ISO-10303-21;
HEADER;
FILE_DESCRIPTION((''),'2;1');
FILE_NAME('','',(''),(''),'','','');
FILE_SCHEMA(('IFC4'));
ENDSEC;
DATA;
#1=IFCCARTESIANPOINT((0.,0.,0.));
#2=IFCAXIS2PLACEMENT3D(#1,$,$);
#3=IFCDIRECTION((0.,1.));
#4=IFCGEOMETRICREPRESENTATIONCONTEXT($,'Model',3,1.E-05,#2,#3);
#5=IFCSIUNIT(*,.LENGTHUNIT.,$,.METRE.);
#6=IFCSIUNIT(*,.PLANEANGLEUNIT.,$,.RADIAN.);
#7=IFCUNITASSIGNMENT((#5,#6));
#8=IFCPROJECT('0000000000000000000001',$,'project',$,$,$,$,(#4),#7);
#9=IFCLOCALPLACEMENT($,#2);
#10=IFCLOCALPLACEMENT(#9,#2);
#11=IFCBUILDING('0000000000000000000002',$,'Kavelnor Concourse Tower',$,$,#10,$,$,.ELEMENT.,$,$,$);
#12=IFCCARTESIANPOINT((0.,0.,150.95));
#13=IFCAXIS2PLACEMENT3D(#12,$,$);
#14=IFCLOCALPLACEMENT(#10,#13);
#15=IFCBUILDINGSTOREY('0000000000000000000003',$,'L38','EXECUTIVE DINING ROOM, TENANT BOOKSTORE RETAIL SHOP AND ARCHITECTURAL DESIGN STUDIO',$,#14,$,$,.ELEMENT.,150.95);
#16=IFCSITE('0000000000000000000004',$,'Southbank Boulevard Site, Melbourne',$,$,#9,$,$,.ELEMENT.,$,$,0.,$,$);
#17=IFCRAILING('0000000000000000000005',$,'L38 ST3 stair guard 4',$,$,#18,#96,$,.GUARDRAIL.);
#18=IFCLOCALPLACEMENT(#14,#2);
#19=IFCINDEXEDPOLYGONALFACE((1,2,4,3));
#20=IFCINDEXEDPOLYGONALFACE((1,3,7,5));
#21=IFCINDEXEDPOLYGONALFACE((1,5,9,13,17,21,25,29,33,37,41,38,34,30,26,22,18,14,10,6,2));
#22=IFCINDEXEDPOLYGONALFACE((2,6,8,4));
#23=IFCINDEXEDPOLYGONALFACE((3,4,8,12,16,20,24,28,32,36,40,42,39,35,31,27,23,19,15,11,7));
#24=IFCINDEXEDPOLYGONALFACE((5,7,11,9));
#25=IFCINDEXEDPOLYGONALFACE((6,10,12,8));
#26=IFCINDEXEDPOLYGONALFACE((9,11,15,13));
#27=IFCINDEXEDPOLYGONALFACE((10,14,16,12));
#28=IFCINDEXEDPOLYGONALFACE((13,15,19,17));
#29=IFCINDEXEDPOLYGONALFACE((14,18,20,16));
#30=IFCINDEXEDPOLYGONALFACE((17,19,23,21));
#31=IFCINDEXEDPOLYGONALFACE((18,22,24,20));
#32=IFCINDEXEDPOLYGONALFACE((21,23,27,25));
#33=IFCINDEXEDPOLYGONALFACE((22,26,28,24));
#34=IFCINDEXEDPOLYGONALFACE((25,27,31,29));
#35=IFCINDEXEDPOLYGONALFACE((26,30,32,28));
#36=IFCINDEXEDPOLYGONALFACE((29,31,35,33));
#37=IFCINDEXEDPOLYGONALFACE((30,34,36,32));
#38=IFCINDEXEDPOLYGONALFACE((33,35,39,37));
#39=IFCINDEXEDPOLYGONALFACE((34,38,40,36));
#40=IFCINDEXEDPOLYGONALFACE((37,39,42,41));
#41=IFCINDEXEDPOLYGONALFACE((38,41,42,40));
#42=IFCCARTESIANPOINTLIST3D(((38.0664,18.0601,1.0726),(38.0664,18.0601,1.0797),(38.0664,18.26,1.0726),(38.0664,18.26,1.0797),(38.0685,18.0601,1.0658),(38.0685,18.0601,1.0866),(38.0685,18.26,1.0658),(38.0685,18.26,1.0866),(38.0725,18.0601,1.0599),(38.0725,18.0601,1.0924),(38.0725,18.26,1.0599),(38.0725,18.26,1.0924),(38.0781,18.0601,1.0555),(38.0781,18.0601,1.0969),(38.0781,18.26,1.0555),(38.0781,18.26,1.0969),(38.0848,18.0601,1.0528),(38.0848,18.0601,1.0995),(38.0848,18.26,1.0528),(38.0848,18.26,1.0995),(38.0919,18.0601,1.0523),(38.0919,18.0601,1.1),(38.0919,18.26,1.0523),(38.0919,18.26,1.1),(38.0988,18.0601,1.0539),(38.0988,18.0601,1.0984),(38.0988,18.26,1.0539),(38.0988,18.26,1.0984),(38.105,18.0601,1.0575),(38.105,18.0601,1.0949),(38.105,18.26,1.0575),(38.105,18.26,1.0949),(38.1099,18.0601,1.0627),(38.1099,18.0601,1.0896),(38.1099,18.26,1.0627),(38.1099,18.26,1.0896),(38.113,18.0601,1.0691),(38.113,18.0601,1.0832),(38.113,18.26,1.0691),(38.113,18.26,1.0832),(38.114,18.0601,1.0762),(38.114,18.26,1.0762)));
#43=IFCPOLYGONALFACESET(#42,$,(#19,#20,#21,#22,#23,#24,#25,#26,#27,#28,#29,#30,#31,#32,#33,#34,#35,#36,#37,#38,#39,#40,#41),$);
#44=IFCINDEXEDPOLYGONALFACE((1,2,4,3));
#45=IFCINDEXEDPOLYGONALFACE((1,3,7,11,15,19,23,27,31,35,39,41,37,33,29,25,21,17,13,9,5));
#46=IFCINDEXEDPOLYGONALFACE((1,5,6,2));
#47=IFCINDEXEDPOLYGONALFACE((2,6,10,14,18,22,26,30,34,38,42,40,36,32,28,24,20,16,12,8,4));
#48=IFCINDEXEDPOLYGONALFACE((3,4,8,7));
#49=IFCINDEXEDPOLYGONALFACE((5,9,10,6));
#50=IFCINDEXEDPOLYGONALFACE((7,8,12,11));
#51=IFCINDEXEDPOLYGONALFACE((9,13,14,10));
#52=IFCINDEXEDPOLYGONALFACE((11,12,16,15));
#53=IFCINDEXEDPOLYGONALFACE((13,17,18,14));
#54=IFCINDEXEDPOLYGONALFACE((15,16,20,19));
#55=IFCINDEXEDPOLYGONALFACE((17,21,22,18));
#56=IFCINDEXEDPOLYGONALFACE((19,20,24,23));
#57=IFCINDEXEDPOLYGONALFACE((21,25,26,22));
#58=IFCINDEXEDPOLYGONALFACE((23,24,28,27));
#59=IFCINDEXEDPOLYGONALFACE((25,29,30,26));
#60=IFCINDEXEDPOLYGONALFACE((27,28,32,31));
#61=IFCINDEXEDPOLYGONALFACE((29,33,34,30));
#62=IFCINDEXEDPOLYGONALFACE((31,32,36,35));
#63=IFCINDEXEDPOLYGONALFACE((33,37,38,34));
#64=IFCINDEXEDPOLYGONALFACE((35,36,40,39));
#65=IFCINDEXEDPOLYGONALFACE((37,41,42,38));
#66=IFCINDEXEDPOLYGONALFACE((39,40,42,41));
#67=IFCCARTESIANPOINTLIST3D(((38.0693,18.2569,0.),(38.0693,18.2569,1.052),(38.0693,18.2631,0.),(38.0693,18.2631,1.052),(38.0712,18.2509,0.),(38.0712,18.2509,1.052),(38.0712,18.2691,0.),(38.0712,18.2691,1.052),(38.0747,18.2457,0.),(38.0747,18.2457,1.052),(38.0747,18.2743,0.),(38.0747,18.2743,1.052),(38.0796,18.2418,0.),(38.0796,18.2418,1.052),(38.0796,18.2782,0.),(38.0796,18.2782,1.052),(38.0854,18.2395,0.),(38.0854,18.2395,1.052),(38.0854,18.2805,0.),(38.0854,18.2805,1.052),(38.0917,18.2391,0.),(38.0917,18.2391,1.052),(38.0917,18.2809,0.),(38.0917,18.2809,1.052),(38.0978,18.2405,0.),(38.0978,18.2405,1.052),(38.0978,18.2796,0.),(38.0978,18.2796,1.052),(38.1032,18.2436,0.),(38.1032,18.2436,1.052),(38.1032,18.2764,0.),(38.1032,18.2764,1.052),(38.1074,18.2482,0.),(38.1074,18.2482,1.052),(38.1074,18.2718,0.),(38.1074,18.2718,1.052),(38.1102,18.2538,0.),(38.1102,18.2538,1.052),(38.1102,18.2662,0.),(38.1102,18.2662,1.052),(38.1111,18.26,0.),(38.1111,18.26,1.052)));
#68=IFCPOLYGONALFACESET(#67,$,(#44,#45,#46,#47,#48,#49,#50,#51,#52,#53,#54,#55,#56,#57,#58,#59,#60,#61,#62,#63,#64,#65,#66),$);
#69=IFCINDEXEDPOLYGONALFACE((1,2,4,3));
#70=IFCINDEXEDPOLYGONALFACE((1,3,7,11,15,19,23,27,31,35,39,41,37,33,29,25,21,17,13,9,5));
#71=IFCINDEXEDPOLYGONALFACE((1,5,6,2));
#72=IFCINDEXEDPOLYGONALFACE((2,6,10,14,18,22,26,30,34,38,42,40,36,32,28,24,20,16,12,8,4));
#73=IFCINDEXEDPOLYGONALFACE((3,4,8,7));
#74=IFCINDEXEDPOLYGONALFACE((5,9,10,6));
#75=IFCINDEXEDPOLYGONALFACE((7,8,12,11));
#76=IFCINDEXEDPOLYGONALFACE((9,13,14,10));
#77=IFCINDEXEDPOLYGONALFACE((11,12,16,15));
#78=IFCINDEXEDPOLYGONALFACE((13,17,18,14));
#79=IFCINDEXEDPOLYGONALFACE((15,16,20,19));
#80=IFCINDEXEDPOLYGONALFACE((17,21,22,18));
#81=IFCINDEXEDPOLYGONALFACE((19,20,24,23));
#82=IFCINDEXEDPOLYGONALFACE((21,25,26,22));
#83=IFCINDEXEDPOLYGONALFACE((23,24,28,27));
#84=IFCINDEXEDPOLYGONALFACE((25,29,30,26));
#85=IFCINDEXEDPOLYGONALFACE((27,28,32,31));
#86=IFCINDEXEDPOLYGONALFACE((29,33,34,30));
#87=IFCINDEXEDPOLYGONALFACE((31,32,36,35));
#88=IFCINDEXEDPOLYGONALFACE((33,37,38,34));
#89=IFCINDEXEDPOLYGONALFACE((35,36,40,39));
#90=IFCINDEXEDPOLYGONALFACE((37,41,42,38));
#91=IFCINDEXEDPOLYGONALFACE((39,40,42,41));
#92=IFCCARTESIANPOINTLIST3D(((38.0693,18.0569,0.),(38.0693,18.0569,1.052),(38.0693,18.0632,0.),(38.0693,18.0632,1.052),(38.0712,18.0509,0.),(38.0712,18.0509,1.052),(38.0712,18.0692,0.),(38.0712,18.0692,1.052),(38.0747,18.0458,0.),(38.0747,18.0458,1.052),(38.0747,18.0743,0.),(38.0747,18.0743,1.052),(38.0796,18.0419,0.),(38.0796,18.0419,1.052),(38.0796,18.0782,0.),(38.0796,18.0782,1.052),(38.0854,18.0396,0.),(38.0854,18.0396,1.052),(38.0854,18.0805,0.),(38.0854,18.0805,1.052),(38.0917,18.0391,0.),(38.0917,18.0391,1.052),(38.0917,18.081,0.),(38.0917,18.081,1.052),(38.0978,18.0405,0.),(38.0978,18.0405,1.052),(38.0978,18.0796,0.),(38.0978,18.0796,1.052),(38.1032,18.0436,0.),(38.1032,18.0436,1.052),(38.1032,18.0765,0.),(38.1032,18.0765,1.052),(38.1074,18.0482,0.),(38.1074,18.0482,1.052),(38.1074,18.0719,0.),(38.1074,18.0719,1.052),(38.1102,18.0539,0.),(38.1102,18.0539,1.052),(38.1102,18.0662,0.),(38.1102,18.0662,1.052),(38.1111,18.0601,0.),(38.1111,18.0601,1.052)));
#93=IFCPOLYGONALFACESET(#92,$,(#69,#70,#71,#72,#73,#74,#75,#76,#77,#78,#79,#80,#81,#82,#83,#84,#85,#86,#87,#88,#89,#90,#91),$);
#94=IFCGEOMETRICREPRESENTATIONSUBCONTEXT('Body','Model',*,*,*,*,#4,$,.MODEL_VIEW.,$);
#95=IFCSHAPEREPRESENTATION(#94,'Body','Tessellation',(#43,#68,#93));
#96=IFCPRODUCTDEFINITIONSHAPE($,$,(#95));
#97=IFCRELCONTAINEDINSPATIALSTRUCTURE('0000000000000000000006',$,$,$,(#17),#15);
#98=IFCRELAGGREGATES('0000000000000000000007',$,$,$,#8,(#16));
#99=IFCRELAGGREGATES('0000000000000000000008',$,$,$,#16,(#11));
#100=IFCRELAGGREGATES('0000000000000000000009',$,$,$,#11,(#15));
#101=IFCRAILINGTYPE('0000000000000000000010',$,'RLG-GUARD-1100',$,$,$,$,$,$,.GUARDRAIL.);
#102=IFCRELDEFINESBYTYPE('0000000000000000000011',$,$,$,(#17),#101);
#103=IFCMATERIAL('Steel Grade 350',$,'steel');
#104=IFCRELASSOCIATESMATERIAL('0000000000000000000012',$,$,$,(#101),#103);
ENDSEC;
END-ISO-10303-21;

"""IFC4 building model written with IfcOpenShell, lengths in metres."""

from ifc_helpers import new_model, si_unit, direction, frame, origin, origin_2d, place, context, subcontext, project, spatial, circle, extrude, material, type_object, element, save


model = new_model("IFC4")

# Units and contexts
model_context = context("Model", 3, precision=1e-05, world=origin(), true_north=direction((0.0, 1.0)))
body_context = subcontext(model_context, "Body", "Model", "MODEL_VIEW")
ifc_project = project(units=[si_unit("LENGTHUNIT", "METRE"), si_unit("PLANEANGLEUNIT", "RADIAN")], contexts=[model_context])

# Site, building, storey
site_placement = place(None, origin())
site = spatial("IfcSite", under=ifc_project, at=site_placement, Name="Southbank Boulevard Site, Melbourne", CompositionType="ELEMENT", RefElevation=0.0)
building_placement = place(site_placement, origin())
building = spatial("IfcBuilding", under=site, at=building_placement, Name="Kavelnor Concourse Tower", CompositionType="ELEMENT")
storey_placement = place(building_placement, frame((0.0, 0.0, 150.95)))
storey = spatial("IfcBuildingStorey", under=building, at=storey_placement, Name="L38", Description="EXECUTIVE DINING ROOM, TENANT BOOKSTORE RETAIL SHOP AND ARCHITECTURAL DESIGN STUDIO", CompositionType="ELEMENT", Elevation=150.95)

# Shared definitions
ifc_material_1 = material(Name="Steel Grade 350", Category="steel")

# Railing
railing_type_1 = type_object("IfcRailingType", Name="RLG-GUARD-1100", PredefinedType="GUARDRAIL", material=ifc_material_1)
railing_1_placement = place(storey_placement, frame((38.0901, 18.26, 0.0)))
element("IfcRailing", 1, at=railing_1_placement, inside=storey, type_object=railing_type_1, Name="L38 ST3 stair guard 4", PredefinedType="GUARDRAIL", context=body_context, shape_type="SweptSolid", body=[
    extrude(circle(Radius=0.0239, at=origin_2d()), frame((0.0, 0.0, 1.0762), z_axis=(0.0, -1.0, 0.0), x_axis=(1.0, 0.0, 0.0)), (0.0, 0.0, 1.0), 0.2),
    extrude(circle(Radius=0.021, at=origin_2d()), origin(), (0.0, 0.0, 1.0), 1.052),
    extrude(circle(Radius=0.021, at=origin_2d()), frame((0.0, -0.2, 0.0)), (0.0, 0.0, 1.0), 1.052),
])

save(model, "model.ifc")
